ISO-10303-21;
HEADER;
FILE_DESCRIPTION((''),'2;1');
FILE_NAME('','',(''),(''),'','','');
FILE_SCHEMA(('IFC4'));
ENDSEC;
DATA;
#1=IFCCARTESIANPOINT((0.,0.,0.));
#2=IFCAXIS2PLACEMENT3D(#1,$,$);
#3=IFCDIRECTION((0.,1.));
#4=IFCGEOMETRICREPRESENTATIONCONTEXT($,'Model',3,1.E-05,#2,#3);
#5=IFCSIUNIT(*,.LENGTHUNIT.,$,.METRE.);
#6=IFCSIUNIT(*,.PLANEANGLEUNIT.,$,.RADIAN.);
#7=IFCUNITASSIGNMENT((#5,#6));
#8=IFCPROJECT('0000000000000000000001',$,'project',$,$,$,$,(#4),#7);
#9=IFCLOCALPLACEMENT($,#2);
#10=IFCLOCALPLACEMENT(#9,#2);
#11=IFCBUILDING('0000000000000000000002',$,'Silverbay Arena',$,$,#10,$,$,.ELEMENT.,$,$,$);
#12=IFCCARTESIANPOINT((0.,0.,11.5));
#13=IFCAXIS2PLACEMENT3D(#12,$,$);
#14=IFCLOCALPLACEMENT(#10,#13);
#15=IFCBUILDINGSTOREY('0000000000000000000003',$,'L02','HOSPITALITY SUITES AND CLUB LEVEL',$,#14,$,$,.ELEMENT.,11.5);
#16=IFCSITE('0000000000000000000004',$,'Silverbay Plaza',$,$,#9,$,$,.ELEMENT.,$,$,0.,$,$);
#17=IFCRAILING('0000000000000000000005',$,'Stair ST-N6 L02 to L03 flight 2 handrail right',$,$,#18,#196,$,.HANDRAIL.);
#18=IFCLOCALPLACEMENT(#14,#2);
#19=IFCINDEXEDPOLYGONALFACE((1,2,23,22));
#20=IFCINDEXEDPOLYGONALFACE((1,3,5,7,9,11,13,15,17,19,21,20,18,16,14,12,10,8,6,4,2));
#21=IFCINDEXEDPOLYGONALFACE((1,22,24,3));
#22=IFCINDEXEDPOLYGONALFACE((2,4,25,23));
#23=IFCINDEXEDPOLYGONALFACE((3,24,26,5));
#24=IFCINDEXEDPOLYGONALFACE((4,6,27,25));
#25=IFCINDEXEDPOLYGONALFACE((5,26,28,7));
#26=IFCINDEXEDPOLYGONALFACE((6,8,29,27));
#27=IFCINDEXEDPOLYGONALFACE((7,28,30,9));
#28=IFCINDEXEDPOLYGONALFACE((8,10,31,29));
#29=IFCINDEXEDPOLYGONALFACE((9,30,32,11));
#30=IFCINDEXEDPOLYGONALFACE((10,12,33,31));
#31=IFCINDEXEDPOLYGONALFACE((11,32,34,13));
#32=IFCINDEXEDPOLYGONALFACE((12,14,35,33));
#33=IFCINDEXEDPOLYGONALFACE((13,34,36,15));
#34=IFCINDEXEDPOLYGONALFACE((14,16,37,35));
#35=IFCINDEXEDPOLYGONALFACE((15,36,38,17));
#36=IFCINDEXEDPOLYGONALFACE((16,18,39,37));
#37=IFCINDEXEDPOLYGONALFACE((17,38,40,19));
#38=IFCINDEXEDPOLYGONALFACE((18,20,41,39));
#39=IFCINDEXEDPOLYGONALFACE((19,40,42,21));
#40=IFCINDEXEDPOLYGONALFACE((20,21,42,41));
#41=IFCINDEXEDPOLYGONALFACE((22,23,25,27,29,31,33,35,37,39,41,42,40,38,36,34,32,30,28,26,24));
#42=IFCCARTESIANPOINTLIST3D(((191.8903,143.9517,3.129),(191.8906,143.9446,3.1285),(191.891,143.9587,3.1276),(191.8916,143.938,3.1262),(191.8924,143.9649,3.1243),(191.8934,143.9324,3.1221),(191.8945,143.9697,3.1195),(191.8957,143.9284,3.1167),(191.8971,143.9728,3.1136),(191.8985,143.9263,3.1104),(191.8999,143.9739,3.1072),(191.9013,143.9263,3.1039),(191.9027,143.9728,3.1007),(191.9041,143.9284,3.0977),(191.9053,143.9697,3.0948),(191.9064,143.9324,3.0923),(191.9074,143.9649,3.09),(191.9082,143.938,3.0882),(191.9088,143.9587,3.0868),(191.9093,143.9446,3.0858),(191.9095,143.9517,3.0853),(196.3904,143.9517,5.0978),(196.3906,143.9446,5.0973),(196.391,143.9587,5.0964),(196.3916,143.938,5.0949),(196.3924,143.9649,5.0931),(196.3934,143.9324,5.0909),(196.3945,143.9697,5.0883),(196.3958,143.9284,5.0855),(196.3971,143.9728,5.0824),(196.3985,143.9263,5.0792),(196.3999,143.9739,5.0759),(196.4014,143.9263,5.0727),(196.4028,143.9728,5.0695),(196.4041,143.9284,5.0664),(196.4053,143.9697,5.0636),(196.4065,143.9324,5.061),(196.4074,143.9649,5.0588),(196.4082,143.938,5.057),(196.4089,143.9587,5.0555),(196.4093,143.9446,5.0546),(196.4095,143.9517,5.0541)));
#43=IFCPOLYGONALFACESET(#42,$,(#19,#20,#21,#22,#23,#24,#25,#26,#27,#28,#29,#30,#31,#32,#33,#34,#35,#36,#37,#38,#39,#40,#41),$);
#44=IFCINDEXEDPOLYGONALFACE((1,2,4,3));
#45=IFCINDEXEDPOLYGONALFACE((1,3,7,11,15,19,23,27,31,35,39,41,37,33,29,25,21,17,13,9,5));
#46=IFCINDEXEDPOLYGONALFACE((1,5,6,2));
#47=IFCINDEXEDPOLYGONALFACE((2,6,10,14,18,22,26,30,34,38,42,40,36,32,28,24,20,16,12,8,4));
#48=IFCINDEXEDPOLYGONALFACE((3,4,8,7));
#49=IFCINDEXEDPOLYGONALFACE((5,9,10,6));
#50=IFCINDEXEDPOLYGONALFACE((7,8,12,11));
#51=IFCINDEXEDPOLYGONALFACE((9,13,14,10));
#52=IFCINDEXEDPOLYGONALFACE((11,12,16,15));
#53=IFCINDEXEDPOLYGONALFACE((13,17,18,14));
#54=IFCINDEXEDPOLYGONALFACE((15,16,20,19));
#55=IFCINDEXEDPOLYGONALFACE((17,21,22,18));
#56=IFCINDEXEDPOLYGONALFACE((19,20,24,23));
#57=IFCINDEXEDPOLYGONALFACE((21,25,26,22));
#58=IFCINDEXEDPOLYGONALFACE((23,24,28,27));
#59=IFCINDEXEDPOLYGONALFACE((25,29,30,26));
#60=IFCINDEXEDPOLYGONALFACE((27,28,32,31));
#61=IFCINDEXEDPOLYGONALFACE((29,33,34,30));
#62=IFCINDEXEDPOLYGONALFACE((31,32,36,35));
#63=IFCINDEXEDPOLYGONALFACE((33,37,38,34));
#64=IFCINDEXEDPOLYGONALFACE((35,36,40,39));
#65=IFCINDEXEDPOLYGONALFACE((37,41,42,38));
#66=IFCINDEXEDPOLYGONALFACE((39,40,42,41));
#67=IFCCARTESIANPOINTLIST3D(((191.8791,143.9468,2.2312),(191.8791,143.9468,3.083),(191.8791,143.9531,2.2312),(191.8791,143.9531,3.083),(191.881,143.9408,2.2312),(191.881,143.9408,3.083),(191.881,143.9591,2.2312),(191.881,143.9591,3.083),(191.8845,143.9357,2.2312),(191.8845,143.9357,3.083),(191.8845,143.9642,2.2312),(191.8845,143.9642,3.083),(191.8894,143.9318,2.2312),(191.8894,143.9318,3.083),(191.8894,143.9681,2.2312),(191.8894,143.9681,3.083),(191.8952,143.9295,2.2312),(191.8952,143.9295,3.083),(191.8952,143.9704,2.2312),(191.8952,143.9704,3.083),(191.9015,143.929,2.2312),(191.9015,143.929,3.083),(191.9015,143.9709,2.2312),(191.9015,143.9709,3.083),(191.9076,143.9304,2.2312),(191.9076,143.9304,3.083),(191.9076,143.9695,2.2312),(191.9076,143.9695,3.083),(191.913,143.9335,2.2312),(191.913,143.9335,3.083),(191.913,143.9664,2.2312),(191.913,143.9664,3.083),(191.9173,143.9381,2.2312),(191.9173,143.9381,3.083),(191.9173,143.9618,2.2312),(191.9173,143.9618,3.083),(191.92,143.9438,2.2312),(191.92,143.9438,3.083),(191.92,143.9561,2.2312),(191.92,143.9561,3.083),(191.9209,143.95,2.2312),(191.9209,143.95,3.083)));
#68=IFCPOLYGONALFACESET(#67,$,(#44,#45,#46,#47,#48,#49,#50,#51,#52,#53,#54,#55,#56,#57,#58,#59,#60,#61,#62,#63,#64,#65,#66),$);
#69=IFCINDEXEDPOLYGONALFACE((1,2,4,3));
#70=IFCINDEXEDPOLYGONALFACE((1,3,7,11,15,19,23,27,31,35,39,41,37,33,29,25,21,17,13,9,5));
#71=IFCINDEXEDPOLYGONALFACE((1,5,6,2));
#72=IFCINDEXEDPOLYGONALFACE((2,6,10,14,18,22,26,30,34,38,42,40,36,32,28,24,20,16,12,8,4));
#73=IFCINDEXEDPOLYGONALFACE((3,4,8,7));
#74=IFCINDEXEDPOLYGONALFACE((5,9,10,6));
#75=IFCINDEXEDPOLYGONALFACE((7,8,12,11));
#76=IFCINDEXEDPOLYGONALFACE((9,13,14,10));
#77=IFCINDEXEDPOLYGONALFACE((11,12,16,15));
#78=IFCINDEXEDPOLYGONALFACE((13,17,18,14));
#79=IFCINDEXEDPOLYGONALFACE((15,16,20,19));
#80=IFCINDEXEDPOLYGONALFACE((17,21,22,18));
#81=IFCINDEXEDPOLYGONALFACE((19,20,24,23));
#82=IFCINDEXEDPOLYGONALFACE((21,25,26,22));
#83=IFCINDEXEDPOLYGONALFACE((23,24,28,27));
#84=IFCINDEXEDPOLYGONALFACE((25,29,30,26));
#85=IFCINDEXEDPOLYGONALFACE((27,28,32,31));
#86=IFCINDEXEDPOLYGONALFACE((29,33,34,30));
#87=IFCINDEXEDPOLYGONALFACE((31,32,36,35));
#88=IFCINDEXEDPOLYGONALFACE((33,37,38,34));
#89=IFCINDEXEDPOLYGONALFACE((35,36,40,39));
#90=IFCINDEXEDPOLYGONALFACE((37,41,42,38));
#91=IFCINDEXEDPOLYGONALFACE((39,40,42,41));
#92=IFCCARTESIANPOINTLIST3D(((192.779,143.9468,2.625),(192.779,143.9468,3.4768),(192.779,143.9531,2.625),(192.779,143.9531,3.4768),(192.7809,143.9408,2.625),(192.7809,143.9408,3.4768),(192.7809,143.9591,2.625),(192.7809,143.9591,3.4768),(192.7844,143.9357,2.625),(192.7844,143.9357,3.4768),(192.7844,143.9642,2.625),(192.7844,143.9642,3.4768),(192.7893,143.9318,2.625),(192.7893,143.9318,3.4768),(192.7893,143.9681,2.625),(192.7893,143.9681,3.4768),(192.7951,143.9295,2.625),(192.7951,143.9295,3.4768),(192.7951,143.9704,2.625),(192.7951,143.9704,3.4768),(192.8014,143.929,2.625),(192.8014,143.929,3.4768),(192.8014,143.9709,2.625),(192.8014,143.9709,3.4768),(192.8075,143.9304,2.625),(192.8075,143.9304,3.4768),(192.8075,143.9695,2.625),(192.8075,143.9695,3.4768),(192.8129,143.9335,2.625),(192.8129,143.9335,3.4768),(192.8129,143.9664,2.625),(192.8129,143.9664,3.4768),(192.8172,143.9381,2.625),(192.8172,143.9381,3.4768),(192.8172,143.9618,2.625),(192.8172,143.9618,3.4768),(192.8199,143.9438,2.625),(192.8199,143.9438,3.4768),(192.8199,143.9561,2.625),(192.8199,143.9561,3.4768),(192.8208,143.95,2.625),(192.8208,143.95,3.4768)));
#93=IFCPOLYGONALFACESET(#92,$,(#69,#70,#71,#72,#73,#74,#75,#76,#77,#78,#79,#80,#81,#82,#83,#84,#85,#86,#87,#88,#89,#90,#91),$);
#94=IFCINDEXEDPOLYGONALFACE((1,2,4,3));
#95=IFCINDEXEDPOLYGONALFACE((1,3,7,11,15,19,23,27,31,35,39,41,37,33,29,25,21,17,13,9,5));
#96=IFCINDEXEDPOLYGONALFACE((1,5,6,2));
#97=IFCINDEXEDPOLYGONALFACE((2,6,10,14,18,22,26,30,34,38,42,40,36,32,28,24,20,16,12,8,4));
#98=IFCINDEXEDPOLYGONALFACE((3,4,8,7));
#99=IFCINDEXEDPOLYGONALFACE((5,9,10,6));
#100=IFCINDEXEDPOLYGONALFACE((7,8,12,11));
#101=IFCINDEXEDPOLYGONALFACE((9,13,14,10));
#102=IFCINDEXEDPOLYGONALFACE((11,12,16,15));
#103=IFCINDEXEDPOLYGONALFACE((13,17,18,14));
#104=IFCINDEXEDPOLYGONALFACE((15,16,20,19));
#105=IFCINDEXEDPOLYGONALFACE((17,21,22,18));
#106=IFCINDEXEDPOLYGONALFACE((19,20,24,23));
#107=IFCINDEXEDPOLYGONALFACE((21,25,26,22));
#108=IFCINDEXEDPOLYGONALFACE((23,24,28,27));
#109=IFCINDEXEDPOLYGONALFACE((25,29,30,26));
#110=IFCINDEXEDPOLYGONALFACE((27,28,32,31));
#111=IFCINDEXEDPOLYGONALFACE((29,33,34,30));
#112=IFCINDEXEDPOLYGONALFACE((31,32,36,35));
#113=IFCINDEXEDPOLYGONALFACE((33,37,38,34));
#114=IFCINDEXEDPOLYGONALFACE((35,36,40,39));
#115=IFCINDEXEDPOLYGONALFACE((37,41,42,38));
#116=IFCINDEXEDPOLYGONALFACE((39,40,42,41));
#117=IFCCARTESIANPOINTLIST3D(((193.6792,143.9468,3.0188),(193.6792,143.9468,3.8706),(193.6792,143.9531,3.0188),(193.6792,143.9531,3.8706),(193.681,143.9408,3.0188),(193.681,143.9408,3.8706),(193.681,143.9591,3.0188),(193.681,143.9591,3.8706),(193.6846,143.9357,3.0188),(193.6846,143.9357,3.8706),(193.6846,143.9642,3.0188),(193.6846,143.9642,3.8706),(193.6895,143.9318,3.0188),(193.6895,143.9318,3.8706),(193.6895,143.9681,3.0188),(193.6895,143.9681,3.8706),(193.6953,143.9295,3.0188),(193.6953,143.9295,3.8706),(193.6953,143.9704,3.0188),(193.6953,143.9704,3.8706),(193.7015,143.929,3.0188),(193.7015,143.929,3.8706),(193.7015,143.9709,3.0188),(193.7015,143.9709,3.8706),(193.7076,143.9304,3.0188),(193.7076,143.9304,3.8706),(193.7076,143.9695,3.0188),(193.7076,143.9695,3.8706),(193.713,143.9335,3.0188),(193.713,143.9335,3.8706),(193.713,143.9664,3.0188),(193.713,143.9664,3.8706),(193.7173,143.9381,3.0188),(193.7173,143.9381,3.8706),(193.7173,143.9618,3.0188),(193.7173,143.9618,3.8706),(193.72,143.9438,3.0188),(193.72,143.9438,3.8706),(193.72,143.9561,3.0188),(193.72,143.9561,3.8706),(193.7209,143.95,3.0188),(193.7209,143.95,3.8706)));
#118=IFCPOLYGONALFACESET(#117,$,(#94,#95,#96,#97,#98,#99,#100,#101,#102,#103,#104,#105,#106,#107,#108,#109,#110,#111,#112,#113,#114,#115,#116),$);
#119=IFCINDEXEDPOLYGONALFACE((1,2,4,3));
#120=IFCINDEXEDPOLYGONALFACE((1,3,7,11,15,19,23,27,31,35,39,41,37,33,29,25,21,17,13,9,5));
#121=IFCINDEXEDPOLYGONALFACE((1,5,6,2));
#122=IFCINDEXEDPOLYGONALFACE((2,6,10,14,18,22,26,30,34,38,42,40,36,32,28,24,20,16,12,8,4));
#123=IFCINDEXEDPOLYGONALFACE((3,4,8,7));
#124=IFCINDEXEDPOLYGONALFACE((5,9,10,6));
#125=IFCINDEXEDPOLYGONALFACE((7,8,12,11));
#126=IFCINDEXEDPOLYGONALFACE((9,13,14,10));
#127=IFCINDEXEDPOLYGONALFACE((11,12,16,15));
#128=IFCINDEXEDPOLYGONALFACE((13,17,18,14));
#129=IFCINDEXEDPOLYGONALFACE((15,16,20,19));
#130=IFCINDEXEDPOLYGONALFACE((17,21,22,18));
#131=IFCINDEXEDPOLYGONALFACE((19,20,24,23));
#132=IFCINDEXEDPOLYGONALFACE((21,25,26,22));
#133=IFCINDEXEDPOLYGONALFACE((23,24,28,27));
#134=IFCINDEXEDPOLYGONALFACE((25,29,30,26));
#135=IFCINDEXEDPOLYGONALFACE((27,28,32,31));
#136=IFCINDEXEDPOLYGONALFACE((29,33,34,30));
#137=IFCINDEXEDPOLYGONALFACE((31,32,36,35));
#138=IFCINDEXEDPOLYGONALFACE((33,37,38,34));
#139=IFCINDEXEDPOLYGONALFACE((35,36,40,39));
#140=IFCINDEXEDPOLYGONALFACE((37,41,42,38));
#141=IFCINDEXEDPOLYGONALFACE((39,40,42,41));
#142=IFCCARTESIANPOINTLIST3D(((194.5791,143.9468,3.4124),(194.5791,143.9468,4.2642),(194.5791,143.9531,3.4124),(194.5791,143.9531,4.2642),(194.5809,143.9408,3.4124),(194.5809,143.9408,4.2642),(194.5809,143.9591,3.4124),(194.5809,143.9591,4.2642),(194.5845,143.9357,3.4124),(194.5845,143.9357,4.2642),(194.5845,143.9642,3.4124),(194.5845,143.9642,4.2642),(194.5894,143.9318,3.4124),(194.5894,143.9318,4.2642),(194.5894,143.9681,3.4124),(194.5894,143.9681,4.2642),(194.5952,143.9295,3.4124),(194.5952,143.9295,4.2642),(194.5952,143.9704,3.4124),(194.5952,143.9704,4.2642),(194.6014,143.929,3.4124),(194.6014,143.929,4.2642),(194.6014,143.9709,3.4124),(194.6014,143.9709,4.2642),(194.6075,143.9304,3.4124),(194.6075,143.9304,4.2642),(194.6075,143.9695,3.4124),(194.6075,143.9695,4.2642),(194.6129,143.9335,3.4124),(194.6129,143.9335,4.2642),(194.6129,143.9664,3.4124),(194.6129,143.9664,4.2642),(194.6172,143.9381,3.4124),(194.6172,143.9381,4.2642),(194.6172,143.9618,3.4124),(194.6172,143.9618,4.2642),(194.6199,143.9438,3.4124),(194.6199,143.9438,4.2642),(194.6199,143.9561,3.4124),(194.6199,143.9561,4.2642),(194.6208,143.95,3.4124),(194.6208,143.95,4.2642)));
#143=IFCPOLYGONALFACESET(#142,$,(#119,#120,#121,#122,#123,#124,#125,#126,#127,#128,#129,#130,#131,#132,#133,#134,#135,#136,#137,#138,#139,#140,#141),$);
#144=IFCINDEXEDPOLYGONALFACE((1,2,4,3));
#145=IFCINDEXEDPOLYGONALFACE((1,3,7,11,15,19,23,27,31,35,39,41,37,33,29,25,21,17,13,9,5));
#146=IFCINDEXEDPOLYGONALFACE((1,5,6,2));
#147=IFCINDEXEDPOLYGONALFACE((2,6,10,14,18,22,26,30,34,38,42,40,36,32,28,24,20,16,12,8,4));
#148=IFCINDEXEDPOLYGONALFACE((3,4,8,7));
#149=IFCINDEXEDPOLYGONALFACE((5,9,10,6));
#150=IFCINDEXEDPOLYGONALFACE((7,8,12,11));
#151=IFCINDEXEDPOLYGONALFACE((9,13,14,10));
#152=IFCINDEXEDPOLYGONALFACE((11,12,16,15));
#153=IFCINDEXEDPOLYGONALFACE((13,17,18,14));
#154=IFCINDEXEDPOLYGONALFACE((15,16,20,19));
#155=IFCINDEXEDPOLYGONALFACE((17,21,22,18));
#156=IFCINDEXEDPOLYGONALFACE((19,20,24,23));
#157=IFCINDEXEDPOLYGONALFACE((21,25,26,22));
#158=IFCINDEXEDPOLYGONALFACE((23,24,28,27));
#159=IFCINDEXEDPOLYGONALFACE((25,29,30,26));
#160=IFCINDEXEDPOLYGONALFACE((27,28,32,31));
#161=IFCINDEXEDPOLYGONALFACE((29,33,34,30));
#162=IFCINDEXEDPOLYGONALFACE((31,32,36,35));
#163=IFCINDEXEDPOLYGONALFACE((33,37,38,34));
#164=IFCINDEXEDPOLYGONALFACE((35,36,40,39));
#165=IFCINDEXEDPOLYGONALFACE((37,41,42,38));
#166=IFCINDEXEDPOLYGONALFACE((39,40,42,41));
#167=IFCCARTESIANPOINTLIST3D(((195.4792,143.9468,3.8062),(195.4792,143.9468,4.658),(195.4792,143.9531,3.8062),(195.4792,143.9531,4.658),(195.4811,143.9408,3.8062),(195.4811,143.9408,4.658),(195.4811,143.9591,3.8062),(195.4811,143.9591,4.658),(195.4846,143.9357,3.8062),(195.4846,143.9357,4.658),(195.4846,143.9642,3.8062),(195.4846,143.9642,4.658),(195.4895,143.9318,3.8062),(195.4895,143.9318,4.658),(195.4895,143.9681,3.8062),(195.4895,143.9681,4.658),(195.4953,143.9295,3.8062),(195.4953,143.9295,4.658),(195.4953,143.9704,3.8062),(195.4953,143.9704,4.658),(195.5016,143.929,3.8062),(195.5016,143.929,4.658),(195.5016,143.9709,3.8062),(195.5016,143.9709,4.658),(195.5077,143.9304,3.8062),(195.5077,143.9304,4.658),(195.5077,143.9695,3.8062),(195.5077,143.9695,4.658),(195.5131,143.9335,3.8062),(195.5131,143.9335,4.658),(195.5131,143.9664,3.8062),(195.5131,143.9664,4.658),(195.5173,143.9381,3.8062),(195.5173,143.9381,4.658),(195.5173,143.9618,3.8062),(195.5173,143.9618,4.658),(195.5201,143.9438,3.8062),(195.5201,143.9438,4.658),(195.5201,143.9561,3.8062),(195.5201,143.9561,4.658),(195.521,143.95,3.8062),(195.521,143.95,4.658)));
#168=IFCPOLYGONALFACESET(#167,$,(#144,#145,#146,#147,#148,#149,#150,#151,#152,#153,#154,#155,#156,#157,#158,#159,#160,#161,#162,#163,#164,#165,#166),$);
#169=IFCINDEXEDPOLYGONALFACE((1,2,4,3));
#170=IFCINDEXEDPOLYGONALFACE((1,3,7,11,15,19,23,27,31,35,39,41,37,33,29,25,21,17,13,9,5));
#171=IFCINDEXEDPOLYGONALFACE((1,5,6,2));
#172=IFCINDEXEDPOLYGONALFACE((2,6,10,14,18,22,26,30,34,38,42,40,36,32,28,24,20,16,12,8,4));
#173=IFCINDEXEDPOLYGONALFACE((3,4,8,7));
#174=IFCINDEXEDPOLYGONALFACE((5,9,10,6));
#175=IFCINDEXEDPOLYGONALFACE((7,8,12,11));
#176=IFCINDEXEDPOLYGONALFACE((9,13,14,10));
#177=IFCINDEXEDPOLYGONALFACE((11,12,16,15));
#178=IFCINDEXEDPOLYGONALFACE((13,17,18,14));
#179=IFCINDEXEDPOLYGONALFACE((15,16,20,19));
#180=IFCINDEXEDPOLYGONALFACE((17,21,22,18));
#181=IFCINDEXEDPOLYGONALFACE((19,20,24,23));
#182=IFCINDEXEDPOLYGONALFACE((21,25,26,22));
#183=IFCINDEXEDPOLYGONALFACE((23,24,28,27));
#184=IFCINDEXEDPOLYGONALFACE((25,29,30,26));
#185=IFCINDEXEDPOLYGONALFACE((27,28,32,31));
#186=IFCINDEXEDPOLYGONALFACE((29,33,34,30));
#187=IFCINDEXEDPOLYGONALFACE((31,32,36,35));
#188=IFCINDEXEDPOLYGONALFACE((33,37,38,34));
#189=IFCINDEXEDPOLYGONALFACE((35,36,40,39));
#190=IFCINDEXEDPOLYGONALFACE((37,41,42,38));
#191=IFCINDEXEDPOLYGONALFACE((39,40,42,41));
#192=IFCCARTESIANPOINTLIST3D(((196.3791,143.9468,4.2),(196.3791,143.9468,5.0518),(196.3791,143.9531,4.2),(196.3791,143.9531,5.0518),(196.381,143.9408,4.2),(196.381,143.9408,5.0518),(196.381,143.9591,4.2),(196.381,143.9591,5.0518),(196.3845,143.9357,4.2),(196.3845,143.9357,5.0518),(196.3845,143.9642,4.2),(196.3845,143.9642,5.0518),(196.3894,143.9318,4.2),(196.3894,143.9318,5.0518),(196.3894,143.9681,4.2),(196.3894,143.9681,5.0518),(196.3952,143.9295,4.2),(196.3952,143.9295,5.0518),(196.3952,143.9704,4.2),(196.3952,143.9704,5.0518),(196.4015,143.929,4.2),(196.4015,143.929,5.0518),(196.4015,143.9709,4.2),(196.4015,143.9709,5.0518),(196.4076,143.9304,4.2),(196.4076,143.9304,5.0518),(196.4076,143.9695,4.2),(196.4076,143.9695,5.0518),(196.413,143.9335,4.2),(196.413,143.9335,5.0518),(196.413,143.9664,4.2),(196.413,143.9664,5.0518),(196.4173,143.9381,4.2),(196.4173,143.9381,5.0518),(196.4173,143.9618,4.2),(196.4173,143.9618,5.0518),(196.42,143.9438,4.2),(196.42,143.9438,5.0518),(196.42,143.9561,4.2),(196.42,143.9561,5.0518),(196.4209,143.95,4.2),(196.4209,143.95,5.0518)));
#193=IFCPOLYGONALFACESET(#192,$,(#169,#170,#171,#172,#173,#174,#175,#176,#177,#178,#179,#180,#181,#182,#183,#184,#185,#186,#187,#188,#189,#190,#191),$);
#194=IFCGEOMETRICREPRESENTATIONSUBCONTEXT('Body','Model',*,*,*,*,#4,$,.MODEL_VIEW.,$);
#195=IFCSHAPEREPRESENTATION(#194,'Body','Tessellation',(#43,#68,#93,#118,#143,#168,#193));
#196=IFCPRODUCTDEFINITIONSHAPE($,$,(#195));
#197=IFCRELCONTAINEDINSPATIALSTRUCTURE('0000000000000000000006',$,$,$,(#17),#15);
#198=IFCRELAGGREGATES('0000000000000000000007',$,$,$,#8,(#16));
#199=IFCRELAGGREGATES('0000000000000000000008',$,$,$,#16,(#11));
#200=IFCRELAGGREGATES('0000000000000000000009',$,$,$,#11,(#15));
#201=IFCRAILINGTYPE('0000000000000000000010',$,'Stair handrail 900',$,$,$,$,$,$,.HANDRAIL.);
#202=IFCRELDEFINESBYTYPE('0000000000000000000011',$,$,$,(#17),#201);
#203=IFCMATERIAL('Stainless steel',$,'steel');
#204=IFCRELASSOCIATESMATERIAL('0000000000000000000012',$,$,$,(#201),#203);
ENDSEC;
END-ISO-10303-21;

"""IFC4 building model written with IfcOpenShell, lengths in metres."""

from ifc_helpers import new_model, si_unit, direction, frame, origin, origin_2d, place, context, subcontext, project, spatial, circle, extrude, material, type_object, element, save


model = new_model("IFC4")

# Units and contexts
model_context = context("Model", 3, precision=1e-05, world=origin(), true_north=direction((0.0, 1.0)))
body_context = subcontext(model_context, "Body", "Model", "MODEL_VIEW")
ifc_project = project(units=[si_unit("LENGTHUNIT", "METRE"), si_unit("PLANEANGLEUNIT", "RADIAN")], contexts=[model_context])

# Site, building, storey
site_placement = place(None, origin())
site = spatial("IfcSite", under=ifc_project, at=site_placement, Name="Silverbay Plaza", CompositionType="ELEMENT", RefElevation=0.0)
building_placement = place(site_placement, origin())
building = spatial("IfcBuilding", under=site, at=building_placement, Name="Silverbay Arena", CompositionType="ELEMENT")
storey_placement = place(building_placement, frame((0.0, 0.0, 11.5)))
storey = spatial("IfcBuildingStorey", under=building, at=storey_placement, Name="L02", Description="HOSPITALITY SUITES AND CLUB LEVEL", CompositionType="ELEMENT", Elevation=11.5)

# Railing
ifc_material_1 = material(Name="Stainless steel", Category="steel")
railing_type_1 = type_object("IfcRailingType", Name="Stair handrail 900", PredefinedType="HANDRAIL", material=ifc_material_1)
for number, where, name in (
    (1, (191.8999, 143.95, 2.2312), "Stair ST-N6 L02 to L03 flight 2 handrail right"),
):
    element("IfcRailing", number, at=place(storey_placement, frame(where)), inside=storey, type_object=railing_type_1, Name=name, PredefinedType="HANDRAIL", context=body_context, shape_type="SweptSolid", body=[
        extrude(circle(Radius=0.0239, at=origin_2d()), frame((0.0, 0.0, 0.876), z_axis=(0.916157, 0.0, 0.400819), x_axis=(0.0, 1.0, 0.0)), (0.0, 0.0, 1.0), 4.9119),
        extrude(circle(Radius=0.021, at=origin_2d()), origin(), (0.0, 0.0, 1.0), 0.8518),
        extrude(circle(Radius=0.021, at=origin_2d()), frame((0.8999, 0.0, 0.3938)), (0.0, 0.0, 1.0), 0.8518),
        extrude(circle(Radius=0.021, at=origin_2d()), frame((1.8, 0.0, 0.7876)), (0.0, 0.0, 1.0), 0.8518),
        extrude(circle(Radius=0.021, at=origin_2d()), frame((2.7, 0.0, 1.1812)), (0.0, 0.0, 1.0), 0.8518),
        extrude(circle(Radius=0.021, at=origin_2d()), frame((3.6001, 0.0, 1.575)), (0.0, 0.0, 1.0), 0.8518),
        extrude(circle(Radius=0.021, at=origin_2d()), frame((4.5, 0.0, 1.9688)), (0.0, 0.0, 1.0), 0.8518),
    ])

save(model, "model.ifc")
